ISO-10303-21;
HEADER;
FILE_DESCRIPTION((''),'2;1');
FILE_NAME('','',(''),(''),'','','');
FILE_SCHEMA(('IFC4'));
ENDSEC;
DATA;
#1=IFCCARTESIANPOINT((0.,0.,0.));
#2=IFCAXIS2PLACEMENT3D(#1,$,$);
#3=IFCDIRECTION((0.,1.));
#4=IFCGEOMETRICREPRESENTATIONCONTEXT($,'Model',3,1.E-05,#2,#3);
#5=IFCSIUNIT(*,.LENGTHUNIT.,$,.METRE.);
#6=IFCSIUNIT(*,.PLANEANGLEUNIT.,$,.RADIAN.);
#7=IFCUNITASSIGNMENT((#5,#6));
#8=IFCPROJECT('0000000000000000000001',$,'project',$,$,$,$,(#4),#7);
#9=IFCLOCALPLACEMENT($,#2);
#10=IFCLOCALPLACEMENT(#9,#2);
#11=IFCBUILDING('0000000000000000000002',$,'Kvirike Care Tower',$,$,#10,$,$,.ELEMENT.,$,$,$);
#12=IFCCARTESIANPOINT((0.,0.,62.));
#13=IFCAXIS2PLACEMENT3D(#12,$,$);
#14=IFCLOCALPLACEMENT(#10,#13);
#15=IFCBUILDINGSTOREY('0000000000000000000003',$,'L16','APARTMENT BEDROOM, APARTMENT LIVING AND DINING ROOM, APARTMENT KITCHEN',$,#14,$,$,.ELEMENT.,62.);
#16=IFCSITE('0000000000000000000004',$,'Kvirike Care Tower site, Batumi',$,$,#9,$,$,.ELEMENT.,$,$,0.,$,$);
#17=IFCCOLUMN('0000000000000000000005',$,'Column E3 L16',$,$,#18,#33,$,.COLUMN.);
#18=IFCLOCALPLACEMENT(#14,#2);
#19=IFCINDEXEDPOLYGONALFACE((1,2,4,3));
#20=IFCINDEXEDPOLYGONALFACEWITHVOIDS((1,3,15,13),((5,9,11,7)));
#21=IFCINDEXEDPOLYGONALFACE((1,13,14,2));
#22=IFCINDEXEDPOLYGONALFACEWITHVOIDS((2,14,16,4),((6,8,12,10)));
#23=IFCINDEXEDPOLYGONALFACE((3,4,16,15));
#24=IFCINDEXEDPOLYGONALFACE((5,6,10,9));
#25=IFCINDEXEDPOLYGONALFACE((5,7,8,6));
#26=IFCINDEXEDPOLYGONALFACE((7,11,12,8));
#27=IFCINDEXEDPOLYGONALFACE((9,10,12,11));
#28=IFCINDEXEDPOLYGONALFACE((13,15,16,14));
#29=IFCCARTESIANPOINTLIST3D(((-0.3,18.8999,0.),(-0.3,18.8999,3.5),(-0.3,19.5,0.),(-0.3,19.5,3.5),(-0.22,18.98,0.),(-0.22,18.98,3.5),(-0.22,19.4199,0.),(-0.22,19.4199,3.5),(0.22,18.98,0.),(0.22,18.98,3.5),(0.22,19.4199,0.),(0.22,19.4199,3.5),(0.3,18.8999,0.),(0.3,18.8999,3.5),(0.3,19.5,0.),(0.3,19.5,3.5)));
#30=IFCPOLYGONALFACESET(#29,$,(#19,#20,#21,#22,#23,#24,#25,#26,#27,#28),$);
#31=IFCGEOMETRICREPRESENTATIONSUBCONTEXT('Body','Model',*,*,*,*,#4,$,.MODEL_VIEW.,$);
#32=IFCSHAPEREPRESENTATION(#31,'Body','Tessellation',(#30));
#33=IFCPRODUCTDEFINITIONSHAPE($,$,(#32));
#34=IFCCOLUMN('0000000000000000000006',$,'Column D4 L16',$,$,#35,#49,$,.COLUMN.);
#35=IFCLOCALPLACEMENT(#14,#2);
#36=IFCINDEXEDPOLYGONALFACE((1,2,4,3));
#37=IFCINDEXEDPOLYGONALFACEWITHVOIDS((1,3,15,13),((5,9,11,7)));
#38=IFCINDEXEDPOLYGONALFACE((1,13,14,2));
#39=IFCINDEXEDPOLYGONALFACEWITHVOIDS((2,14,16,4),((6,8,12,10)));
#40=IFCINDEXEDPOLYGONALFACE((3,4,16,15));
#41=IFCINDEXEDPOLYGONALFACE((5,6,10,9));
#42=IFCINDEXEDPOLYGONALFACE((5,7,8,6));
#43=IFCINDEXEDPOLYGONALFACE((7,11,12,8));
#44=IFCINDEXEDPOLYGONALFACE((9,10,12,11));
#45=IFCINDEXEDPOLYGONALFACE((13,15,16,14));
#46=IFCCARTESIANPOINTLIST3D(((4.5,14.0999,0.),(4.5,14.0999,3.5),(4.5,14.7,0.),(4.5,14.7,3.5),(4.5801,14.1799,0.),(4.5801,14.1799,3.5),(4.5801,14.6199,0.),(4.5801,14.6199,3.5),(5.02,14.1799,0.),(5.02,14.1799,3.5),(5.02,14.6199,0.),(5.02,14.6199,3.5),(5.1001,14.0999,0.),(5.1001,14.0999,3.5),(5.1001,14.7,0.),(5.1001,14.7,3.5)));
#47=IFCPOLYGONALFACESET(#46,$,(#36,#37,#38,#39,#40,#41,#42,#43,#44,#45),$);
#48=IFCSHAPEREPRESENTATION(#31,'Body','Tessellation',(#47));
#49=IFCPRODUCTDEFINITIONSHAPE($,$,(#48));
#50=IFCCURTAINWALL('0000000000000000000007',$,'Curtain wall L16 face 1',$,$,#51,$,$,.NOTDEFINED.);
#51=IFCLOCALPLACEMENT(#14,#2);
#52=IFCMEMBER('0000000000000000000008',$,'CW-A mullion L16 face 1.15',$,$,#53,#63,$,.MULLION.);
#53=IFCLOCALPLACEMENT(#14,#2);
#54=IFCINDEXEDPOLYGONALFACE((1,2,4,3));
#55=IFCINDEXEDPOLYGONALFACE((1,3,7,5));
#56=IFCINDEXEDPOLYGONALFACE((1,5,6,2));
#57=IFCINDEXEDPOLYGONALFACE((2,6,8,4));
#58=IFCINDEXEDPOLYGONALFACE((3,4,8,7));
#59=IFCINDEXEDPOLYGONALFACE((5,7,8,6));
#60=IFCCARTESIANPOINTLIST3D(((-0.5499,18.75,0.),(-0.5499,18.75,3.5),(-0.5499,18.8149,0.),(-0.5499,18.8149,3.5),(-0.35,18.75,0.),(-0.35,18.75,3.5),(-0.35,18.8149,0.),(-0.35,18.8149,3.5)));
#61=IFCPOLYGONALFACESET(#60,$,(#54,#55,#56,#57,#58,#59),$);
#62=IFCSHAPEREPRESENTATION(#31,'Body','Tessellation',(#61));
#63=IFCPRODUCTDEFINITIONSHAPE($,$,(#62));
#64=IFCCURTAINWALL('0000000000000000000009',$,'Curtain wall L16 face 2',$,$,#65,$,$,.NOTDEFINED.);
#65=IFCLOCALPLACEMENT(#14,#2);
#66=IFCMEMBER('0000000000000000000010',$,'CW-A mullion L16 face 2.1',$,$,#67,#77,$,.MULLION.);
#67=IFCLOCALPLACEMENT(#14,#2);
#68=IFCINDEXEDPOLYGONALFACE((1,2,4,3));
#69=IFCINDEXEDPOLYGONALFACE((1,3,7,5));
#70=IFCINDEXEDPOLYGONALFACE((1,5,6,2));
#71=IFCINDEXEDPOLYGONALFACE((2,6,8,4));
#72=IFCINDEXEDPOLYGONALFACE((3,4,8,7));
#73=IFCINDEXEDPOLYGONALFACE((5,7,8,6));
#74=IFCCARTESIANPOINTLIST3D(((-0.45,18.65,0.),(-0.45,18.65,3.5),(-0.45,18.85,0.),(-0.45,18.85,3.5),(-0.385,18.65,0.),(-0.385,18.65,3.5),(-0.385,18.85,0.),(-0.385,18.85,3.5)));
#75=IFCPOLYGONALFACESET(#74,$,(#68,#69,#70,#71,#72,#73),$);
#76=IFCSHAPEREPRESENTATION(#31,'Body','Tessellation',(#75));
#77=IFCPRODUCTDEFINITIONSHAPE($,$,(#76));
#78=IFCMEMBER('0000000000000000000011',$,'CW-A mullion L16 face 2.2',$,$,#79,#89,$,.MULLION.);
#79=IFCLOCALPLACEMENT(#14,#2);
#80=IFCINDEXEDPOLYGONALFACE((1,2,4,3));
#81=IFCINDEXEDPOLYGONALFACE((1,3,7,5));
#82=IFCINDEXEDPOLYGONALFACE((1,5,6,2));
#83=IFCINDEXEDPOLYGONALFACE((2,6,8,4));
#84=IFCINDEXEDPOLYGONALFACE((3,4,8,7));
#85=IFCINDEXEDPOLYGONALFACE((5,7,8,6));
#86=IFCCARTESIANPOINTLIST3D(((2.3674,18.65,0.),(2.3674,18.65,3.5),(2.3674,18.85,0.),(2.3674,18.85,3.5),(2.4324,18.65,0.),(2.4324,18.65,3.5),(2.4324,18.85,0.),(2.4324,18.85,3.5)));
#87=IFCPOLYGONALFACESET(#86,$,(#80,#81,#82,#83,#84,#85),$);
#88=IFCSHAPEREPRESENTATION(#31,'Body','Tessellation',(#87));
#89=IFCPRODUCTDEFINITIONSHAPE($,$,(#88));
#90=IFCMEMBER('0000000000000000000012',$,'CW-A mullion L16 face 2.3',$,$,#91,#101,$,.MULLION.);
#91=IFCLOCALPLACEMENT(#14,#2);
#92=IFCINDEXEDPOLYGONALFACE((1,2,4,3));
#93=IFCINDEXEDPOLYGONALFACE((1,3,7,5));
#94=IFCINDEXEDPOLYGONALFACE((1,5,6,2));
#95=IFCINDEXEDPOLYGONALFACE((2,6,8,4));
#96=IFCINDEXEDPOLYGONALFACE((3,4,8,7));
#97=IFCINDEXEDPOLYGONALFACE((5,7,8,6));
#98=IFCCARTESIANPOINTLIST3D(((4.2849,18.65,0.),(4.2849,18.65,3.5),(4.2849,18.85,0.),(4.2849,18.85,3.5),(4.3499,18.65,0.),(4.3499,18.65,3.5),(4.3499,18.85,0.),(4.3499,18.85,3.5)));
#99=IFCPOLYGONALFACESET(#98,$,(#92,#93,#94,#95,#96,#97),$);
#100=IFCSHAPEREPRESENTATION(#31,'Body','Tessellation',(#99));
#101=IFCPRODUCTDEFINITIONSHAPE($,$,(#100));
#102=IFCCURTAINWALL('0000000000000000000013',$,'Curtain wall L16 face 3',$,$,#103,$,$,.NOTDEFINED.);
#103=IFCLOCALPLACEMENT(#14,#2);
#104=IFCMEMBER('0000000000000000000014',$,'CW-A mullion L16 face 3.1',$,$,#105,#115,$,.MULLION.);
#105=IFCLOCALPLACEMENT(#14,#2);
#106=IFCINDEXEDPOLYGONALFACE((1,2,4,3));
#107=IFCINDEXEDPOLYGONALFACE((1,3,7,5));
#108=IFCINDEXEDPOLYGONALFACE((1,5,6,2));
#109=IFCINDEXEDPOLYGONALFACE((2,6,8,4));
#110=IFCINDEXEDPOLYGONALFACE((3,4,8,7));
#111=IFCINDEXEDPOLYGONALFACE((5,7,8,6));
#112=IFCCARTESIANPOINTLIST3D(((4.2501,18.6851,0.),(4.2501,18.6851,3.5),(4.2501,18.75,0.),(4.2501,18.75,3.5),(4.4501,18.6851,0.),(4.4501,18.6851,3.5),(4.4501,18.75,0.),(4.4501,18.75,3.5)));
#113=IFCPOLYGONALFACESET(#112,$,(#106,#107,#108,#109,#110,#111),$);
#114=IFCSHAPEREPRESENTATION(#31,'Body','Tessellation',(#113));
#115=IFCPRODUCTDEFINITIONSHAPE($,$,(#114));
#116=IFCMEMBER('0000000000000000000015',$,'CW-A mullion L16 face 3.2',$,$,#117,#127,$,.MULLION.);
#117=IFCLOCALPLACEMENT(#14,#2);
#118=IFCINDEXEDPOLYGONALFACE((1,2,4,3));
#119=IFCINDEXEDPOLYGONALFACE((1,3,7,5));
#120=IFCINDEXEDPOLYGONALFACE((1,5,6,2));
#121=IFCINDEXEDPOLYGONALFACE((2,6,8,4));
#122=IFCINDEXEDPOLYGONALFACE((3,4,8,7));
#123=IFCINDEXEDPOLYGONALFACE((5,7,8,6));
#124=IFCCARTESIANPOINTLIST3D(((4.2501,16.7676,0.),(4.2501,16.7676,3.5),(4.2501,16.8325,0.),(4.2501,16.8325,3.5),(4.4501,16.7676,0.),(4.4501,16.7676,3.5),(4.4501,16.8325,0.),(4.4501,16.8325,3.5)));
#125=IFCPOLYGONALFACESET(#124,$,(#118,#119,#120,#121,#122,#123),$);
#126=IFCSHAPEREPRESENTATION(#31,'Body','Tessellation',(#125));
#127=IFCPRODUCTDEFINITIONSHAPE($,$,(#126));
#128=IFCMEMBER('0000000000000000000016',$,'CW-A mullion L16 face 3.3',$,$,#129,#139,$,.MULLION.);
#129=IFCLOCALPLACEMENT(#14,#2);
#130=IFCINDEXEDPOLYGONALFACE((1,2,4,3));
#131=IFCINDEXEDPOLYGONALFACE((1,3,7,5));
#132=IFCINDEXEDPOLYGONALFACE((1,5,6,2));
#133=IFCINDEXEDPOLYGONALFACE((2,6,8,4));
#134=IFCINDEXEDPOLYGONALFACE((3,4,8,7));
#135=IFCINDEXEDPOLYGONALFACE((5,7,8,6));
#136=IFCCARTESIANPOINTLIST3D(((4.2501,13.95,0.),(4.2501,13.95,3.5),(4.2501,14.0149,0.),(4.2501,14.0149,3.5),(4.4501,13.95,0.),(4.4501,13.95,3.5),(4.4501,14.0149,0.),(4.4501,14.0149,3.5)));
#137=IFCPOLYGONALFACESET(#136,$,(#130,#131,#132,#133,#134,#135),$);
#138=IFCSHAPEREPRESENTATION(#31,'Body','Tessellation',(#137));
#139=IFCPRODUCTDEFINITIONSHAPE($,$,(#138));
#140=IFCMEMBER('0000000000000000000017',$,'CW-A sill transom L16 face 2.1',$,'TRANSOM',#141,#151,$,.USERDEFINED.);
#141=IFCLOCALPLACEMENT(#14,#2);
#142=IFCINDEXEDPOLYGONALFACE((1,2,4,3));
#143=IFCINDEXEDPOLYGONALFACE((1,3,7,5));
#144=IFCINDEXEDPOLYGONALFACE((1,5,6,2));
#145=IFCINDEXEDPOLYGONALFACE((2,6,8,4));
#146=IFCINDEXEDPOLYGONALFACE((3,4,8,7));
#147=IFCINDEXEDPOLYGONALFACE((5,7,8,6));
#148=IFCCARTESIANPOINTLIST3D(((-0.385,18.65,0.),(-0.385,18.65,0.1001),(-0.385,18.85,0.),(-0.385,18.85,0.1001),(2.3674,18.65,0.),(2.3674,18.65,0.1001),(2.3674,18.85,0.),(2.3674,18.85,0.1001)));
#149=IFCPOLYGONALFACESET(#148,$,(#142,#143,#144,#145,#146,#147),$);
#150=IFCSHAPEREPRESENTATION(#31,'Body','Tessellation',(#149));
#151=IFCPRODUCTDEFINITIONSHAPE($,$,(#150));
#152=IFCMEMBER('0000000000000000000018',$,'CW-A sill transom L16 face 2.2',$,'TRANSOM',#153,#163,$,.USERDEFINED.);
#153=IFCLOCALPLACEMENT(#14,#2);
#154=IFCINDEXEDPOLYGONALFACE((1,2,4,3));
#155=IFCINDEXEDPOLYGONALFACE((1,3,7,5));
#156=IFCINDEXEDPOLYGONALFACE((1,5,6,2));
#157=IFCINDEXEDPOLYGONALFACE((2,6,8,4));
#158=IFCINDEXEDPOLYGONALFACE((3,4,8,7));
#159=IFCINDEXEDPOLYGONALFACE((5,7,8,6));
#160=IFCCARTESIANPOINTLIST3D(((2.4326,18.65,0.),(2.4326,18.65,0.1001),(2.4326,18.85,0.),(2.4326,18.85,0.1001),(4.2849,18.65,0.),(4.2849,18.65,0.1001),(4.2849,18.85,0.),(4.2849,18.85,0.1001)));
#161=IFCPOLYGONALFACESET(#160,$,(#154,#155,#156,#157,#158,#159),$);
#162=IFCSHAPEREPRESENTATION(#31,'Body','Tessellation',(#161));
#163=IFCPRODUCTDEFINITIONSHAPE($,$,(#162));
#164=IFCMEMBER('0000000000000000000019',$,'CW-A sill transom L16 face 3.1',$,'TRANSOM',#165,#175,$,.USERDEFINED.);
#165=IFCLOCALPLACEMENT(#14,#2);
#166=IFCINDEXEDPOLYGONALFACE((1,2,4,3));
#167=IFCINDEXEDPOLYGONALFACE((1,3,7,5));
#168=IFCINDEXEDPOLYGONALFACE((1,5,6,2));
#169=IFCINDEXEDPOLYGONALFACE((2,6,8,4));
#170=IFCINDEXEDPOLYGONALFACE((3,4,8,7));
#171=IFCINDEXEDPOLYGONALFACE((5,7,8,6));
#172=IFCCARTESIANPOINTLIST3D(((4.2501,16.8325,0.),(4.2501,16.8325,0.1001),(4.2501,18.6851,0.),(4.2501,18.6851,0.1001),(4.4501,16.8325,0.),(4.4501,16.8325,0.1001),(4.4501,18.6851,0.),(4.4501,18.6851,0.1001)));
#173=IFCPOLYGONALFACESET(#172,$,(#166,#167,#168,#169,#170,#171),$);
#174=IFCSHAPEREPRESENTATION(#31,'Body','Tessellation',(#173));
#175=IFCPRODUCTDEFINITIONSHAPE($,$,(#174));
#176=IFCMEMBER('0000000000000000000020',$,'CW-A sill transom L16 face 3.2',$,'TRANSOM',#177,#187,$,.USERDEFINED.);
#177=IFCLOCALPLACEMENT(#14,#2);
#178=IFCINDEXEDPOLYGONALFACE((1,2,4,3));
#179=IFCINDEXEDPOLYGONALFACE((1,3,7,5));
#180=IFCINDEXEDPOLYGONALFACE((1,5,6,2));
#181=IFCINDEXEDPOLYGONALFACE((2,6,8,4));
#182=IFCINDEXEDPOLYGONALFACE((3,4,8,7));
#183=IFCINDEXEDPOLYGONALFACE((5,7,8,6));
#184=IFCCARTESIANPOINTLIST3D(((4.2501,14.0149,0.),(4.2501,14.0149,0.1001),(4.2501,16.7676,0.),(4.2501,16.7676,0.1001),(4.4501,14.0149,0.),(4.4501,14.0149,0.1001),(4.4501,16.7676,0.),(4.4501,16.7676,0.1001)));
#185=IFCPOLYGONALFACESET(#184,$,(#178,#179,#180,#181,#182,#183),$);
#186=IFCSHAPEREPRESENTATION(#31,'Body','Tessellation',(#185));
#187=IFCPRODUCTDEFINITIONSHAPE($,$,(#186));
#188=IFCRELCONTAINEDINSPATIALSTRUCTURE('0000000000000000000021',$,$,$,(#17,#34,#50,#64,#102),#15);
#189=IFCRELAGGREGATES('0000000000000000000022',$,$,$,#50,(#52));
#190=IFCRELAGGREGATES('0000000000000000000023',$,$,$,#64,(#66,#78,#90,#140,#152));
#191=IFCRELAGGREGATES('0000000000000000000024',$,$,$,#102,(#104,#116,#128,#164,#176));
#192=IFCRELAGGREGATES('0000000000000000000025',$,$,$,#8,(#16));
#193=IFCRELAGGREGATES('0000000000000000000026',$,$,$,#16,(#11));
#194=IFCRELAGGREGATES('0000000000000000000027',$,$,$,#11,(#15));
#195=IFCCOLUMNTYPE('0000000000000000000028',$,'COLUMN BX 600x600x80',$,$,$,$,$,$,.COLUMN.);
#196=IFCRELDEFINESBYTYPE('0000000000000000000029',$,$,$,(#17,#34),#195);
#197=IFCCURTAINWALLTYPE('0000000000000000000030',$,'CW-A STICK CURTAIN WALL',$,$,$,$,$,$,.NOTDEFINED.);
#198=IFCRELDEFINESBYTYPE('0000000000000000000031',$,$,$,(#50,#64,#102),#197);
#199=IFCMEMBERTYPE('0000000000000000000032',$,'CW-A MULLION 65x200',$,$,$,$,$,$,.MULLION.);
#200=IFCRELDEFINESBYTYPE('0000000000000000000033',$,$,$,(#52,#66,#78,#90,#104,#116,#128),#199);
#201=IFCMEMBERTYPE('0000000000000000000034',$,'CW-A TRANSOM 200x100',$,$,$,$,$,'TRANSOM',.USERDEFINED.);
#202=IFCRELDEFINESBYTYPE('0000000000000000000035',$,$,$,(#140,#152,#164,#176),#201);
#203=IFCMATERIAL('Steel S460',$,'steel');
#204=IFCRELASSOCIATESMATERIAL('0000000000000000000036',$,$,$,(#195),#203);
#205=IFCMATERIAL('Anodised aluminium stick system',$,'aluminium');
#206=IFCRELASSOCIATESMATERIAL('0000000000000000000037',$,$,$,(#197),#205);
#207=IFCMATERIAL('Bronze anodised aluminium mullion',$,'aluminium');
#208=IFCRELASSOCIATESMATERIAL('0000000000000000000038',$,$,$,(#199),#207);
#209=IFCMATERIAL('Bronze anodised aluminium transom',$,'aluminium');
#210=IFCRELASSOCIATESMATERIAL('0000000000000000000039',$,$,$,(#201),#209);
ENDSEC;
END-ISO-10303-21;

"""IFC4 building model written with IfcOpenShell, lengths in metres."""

from ifc_helpers import new_model, si_unit, direction, frame, origin, origin_2d, place, context, subcontext, project, spatial, rectangle, hollow_rectangle, extrude, material, material_profile, profile_set, type_object, element, aggregate, save


model = new_model("IFC4")

# Units and contexts
model_context = context("Model", 3, precision=1e-05, world=origin(), true_north=direction((0.0, 1.0)))
body_context = subcontext(model_context, "Body", "Model", "MODEL_VIEW")
ifc_project = project(units=[si_unit("LENGTHUNIT", "METRE"), si_unit("PLANEANGLEUNIT", "RADIAN")], contexts=[model_context])

# Site, building, storey
site_placement = place(None, origin())
site = spatial("IfcSite", under=ifc_project, at=site_placement, Name="Kvirike Care Tower site, Batumi", CompositionType="ELEMENT", RefElevation=0.0)
building_placement = place(site_placement, origin())
building = spatial("IfcBuilding", under=site, at=building_placement, Name="Kvirike Care Tower", CompositionType="ELEMENT")
storey_placement = place(building_placement, frame((0.0, 0.0, 62.0)))
storey = spatial("IfcBuildingStorey", under=building, at=storey_placement, Name="L16", Description="APARTMENT BEDROOM, APARTMENT LIVING AND DINING ROOM, APARTMENT KITCHEN", CompositionType="ELEMENT", Elevation=62.0)

# Columns
ifc_material_1 = material(Name="Steel S460", Category="steel")
ifc_material_profile_1 = material_profile(ifc_material_1, hollow_rectangle(XDim=0.6001, YDim=0.6001, WallThickness=0.0801, at=origin_2d()), Name="BX 600x600x80")
ifc_profile_set_1 = profile_set([ifc_material_profile_1], Name="Steel S460")
column_type = type_object("IfcColumnType", Name="COLUMN BX 600x600x80", PredefinedType="COLUMN", material=ifc_profile_set_1)
for number, where, z_axis, x_axis, name in (
    (1, (0.0, 19.2, 0.0), (0.0, 0.0, 1.0), (0.0, 1.0, 0.0), "Column E3 L16"),
    (2, (4.8, 14.3999, 0.0), (0.0, 0.0, 1.0), (0.0, 1.0, 0.0), "Column D4 L16"),
):
    element("IfcColumn", number, at=place(storey_placement, frame(where, z_axis=z_axis, x_axis=x_axis)), inside=storey, type_object=column_type, Name=name, PredefinedType="COLUMN", context=body_context, shape_type="SweptSolid", body=[
        extrude(hollow_rectangle(XDim=0.6001, YDim=0.6001, WallThickness=0.0801, at=origin_2d()), origin(), (0.0, 0.0, 1.0), 3.5),
    ])

# Curtain wall, member
ifc_material_2 = material(Name="Anodised aluminium stick system", Category="aluminium")
curtain_wall_type = type_object("IfcCurtainWallType", Name="CW-A STICK CURTAIN WALL", PredefinedType="NOTDEFINED", material=ifc_material_2)
curtain_wall_1_placement = place(storey_placement, origin())
curtain_wall_1 = element("IfcCurtainWall", 3, at=curtain_wall_1_placement, inside=storey, type_object=curtain_wall_type, Name="Curtain wall L16 face 1", PredefinedType="NOTDEFINED")
ifc_material_3 = material(Name="Bronze anodised aluminium mullion", Category="aluminium")
ifc_material_profile_2 = material_profile(ifc_material_3, rectangle(XDim=0.0649, YDim=0.2, at=origin_2d()), Name="CW-A MULLION 65x200")
ifc_profile_set_2 = profile_set([ifc_material_profile_2], Name="Bronze anodised aluminium mullion")
member_type_1 = type_object("IfcMemberType", Name="CW-A MULLION 65x200", PredefinedType="MULLION", material=ifc_profile_set_2)
member_1_placement = place(storey_placement, frame((-0.45, 18.7825, 0.0), z_axis=(0.0, 0.0, 1.0), x_axis=(0.0, -1.0, 0.0)))
member_1 = element("IfcMember", 4, at=member_1_placement, type_object=member_type_1, Name="CW-A mullion L16 face 1.15", PredefinedType="MULLION", context=body_context, shape_type="SweptSolid", body=[
    extrude(rectangle(XDim=0.0649, YDim=0.2, at=origin_2d()), origin(), (0.0, 0.0, 1.0), 3.5),
])

# Curtain walls, members
curtain_wall_2_placement = place(storey_placement, origin())
curtain_wall_2 = element("IfcCurtainWall", 5, at=curtain_wall_2_placement, inside=storey, type_object=curtain_wall_type, Name="Curtain wall L16 face 2", PredefinedType="NOTDEFINED")
member_2_placement = place(storey_placement, frame((-0.4175, 18.75, 0.0), z_axis=(0.0, 0.0, 1.0), x_axis=(1.0, 0.0, 0.0)))
member_2 = element("IfcMember", 6, at=member_2_placement, type_object=member_type_1, Name="CW-A mullion L16 face 2.1", PredefinedType="MULLION", context=body_context, shape_type="SweptSolid", body=[
    extrude(rectangle(XDim=0.0649, YDim=0.2, at=origin_2d()), origin(), (0.0, 0.0, 1.0), 3.5),
])
member_3_placement = place(storey_placement, frame((2.3999, 18.75, 0.0), z_axis=(0.0, 0.0, 1.0), x_axis=(1.0, 0.0, 0.0)))
member_3 = element("IfcMember", 7, at=member_3_placement, type_object=member_type_1, Name="CW-A mullion L16 face 2.2", PredefinedType="MULLION", context=body_context, shape_type="SweptSolid", body=[
    extrude(rectangle(XDim=0.0649, YDim=0.2, at=origin_2d()), origin(), (0.0, 0.0, 1.0), 3.5),
])
member_4_placement = place(storey_placement, frame((4.3174, 18.75, 0.0), z_axis=(0.0, 0.0, 1.0), x_axis=(1.0, 0.0, 0.0)))
member_4 = element("IfcMember", 8, at=member_4_placement, type_object=member_type_1, Name="CW-A mullion L16 face 2.3", PredefinedType="MULLION", context=body_context, shape_type="SweptSolid", body=[
    extrude(rectangle(XDim=0.0649, YDim=0.2, at=origin_2d()), origin(), (0.0, 0.0, 1.0), 3.5),
])
curtain_wall_3_placement = place(storey_placement, origin())
curtain_wall_3 = element("IfcCurtainWall", 9, at=curtain_wall_3_placement, inside=storey, type_object=curtain_wall_type, Name="Curtain wall L16 face 3", PredefinedType="NOTDEFINED")
member_5_placement = place(storey_placement, frame((4.3501, 18.7175, 0.0), z_axis=(0.0, 0.0, 1.0), x_axis=(0.0, -1.0, 0.0)))
member_5 = element("IfcMember", 10, at=member_5_placement, type_object=member_type_1, Name="CW-A mullion L16 face 3.1", PredefinedType="MULLION", context=body_context, shape_type="SweptSolid", body=[
    extrude(rectangle(XDim=0.0649, YDim=0.2, at=origin_2d()), origin(), (0.0, 0.0, 1.0), 3.5),
])
member_6_placement = place(storey_placement, frame((4.3501, 16.8, 0.0), z_axis=(0.0, 0.0, 1.0), x_axis=(0.0, -1.0, 0.0)))
member_6 = element("IfcMember", 11, at=member_6_placement, type_object=member_type_1, Name="CW-A mullion L16 face 3.2", PredefinedType="MULLION", context=body_context, shape_type="SweptSolid", body=[
    extrude(rectangle(XDim=0.0649, YDim=0.2, at=origin_2d()), origin(), (0.0, 0.0, 1.0), 3.5),
])
member_7_placement = place(storey_placement, frame((4.3501, 13.9824, 0.0), z_axis=(0.0, 0.0, 1.0), x_axis=(0.0, -1.0, 0.0)))
member_7 = element("IfcMember", 12, at=member_7_placement, type_object=member_type_1, Name="CW-A mullion L16 face 3.3", PredefinedType="MULLION", context=body_context, shape_type="SweptSolid", body=[
    extrude(rectangle(XDim=0.0649, YDim=0.2, at=origin_2d()), origin(), (0.0, 0.0, 1.0), 3.5),
])

# Members
ifc_material_4 = material(Name="Bronze anodised aluminium transom", Category="aluminium")
ifc_material_profile_3 = material_profile(ifc_material_4, rectangle(XDim=0.2, YDim=0.1001, at=origin_2d()), Name="CW-A TRANSOM 200x100")
ifc_profile_set_3 = profile_set([ifc_material_profile_3], Name="Bronze anodised aluminium transom")
member_type_2 = type_object("IfcMemberType", Name="CW-A TRANSOM 200x100", ElementType="TRANSOM", PredefinedType="USERDEFINED", material=ifc_profile_set_3)
member_8_placement = place(storey_placement, frame((-0.385, 18.75, 0.05), z_axis=(1.0, 0.0, 0.0), x_axis=(0.0, 1.0, 0.0)))
member_8 = element("IfcMember", 13, at=member_8_placement, type_object=member_type_2, Name="CW-A sill transom L16 face 2.1", ObjectType="TRANSOM", PredefinedType="USERDEFINED", context=body_context, shape_type="SweptSolid", body=[
    extrude(rectangle(XDim=0.2, YDim=0.1001, at=origin_2d()), origin(), (0.0, 0.0, 1.0), 2.7524),
])
member_9_placement = place(storey_placement, frame((2.4326, 18.75, 0.05), z_axis=(1.0, 0.0, 0.0), x_axis=(0.0, 1.0, 0.0)))
member_9 = element("IfcMember", 14, at=member_9_placement, type_object=member_type_2, Name="CW-A sill transom L16 face 2.2", ObjectType="TRANSOM", PredefinedType="USERDEFINED", context=body_context, shape_type="SweptSolid", body=[
    extrude(rectangle(XDim=0.2, YDim=0.1001, at=origin_2d()), origin(), (0.0, 0.0, 1.0), 1.8523),
])
member_10_placement = place(storey_placement, frame((4.3501, 18.6851, 0.05), z_axis=(0.0, -1.0, 0.0), x_axis=(1.0, 0.0, 0.0)))
member_10 = element("IfcMember", 15, at=member_10_placement, type_object=member_type_2, Name="CW-A sill transom L16 face 3.1", ObjectType="TRANSOM", PredefinedType="USERDEFINED", context=body_context, shape_type="SweptSolid", body=[
    extrude(rectangle(XDim=0.2, YDim=0.1001, at=origin_2d()), origin(), (0.0, 0.0, 1.0), 1.8525),
])
member_11_placement = place(storey_placement, frame((4.3501, 16.7676, 0.05), z_axis=(0.0, -1.0, 0.0), x_axis=(1.0, 0.0, 0.0)))
member_11 = element("IfcMember", 16, at=member_11_placement, type_object=member_type_2, Name="CW-A sill transom L16 face 3.2", ObjectType="TRANSOM", PredefinedType="USERDEFINED", context=body_context, shape_type="SweptSolid", body=[
    extrude(rectangle(XDim=0.2, YDim=0.1001, at=origin_2d()), origin(), (0.0, 0.0, 1.0), 2.7527),
])

aggregate(curtain_wall_1, [member_1])
aggregate(curtain_wall_2, [member_2, member_3, member_4, member_8, member_9])
aggregate(curtain_wall_3, [member_5, member_6, member_7, member_10, member_11])

save(model, "model.ifc")
